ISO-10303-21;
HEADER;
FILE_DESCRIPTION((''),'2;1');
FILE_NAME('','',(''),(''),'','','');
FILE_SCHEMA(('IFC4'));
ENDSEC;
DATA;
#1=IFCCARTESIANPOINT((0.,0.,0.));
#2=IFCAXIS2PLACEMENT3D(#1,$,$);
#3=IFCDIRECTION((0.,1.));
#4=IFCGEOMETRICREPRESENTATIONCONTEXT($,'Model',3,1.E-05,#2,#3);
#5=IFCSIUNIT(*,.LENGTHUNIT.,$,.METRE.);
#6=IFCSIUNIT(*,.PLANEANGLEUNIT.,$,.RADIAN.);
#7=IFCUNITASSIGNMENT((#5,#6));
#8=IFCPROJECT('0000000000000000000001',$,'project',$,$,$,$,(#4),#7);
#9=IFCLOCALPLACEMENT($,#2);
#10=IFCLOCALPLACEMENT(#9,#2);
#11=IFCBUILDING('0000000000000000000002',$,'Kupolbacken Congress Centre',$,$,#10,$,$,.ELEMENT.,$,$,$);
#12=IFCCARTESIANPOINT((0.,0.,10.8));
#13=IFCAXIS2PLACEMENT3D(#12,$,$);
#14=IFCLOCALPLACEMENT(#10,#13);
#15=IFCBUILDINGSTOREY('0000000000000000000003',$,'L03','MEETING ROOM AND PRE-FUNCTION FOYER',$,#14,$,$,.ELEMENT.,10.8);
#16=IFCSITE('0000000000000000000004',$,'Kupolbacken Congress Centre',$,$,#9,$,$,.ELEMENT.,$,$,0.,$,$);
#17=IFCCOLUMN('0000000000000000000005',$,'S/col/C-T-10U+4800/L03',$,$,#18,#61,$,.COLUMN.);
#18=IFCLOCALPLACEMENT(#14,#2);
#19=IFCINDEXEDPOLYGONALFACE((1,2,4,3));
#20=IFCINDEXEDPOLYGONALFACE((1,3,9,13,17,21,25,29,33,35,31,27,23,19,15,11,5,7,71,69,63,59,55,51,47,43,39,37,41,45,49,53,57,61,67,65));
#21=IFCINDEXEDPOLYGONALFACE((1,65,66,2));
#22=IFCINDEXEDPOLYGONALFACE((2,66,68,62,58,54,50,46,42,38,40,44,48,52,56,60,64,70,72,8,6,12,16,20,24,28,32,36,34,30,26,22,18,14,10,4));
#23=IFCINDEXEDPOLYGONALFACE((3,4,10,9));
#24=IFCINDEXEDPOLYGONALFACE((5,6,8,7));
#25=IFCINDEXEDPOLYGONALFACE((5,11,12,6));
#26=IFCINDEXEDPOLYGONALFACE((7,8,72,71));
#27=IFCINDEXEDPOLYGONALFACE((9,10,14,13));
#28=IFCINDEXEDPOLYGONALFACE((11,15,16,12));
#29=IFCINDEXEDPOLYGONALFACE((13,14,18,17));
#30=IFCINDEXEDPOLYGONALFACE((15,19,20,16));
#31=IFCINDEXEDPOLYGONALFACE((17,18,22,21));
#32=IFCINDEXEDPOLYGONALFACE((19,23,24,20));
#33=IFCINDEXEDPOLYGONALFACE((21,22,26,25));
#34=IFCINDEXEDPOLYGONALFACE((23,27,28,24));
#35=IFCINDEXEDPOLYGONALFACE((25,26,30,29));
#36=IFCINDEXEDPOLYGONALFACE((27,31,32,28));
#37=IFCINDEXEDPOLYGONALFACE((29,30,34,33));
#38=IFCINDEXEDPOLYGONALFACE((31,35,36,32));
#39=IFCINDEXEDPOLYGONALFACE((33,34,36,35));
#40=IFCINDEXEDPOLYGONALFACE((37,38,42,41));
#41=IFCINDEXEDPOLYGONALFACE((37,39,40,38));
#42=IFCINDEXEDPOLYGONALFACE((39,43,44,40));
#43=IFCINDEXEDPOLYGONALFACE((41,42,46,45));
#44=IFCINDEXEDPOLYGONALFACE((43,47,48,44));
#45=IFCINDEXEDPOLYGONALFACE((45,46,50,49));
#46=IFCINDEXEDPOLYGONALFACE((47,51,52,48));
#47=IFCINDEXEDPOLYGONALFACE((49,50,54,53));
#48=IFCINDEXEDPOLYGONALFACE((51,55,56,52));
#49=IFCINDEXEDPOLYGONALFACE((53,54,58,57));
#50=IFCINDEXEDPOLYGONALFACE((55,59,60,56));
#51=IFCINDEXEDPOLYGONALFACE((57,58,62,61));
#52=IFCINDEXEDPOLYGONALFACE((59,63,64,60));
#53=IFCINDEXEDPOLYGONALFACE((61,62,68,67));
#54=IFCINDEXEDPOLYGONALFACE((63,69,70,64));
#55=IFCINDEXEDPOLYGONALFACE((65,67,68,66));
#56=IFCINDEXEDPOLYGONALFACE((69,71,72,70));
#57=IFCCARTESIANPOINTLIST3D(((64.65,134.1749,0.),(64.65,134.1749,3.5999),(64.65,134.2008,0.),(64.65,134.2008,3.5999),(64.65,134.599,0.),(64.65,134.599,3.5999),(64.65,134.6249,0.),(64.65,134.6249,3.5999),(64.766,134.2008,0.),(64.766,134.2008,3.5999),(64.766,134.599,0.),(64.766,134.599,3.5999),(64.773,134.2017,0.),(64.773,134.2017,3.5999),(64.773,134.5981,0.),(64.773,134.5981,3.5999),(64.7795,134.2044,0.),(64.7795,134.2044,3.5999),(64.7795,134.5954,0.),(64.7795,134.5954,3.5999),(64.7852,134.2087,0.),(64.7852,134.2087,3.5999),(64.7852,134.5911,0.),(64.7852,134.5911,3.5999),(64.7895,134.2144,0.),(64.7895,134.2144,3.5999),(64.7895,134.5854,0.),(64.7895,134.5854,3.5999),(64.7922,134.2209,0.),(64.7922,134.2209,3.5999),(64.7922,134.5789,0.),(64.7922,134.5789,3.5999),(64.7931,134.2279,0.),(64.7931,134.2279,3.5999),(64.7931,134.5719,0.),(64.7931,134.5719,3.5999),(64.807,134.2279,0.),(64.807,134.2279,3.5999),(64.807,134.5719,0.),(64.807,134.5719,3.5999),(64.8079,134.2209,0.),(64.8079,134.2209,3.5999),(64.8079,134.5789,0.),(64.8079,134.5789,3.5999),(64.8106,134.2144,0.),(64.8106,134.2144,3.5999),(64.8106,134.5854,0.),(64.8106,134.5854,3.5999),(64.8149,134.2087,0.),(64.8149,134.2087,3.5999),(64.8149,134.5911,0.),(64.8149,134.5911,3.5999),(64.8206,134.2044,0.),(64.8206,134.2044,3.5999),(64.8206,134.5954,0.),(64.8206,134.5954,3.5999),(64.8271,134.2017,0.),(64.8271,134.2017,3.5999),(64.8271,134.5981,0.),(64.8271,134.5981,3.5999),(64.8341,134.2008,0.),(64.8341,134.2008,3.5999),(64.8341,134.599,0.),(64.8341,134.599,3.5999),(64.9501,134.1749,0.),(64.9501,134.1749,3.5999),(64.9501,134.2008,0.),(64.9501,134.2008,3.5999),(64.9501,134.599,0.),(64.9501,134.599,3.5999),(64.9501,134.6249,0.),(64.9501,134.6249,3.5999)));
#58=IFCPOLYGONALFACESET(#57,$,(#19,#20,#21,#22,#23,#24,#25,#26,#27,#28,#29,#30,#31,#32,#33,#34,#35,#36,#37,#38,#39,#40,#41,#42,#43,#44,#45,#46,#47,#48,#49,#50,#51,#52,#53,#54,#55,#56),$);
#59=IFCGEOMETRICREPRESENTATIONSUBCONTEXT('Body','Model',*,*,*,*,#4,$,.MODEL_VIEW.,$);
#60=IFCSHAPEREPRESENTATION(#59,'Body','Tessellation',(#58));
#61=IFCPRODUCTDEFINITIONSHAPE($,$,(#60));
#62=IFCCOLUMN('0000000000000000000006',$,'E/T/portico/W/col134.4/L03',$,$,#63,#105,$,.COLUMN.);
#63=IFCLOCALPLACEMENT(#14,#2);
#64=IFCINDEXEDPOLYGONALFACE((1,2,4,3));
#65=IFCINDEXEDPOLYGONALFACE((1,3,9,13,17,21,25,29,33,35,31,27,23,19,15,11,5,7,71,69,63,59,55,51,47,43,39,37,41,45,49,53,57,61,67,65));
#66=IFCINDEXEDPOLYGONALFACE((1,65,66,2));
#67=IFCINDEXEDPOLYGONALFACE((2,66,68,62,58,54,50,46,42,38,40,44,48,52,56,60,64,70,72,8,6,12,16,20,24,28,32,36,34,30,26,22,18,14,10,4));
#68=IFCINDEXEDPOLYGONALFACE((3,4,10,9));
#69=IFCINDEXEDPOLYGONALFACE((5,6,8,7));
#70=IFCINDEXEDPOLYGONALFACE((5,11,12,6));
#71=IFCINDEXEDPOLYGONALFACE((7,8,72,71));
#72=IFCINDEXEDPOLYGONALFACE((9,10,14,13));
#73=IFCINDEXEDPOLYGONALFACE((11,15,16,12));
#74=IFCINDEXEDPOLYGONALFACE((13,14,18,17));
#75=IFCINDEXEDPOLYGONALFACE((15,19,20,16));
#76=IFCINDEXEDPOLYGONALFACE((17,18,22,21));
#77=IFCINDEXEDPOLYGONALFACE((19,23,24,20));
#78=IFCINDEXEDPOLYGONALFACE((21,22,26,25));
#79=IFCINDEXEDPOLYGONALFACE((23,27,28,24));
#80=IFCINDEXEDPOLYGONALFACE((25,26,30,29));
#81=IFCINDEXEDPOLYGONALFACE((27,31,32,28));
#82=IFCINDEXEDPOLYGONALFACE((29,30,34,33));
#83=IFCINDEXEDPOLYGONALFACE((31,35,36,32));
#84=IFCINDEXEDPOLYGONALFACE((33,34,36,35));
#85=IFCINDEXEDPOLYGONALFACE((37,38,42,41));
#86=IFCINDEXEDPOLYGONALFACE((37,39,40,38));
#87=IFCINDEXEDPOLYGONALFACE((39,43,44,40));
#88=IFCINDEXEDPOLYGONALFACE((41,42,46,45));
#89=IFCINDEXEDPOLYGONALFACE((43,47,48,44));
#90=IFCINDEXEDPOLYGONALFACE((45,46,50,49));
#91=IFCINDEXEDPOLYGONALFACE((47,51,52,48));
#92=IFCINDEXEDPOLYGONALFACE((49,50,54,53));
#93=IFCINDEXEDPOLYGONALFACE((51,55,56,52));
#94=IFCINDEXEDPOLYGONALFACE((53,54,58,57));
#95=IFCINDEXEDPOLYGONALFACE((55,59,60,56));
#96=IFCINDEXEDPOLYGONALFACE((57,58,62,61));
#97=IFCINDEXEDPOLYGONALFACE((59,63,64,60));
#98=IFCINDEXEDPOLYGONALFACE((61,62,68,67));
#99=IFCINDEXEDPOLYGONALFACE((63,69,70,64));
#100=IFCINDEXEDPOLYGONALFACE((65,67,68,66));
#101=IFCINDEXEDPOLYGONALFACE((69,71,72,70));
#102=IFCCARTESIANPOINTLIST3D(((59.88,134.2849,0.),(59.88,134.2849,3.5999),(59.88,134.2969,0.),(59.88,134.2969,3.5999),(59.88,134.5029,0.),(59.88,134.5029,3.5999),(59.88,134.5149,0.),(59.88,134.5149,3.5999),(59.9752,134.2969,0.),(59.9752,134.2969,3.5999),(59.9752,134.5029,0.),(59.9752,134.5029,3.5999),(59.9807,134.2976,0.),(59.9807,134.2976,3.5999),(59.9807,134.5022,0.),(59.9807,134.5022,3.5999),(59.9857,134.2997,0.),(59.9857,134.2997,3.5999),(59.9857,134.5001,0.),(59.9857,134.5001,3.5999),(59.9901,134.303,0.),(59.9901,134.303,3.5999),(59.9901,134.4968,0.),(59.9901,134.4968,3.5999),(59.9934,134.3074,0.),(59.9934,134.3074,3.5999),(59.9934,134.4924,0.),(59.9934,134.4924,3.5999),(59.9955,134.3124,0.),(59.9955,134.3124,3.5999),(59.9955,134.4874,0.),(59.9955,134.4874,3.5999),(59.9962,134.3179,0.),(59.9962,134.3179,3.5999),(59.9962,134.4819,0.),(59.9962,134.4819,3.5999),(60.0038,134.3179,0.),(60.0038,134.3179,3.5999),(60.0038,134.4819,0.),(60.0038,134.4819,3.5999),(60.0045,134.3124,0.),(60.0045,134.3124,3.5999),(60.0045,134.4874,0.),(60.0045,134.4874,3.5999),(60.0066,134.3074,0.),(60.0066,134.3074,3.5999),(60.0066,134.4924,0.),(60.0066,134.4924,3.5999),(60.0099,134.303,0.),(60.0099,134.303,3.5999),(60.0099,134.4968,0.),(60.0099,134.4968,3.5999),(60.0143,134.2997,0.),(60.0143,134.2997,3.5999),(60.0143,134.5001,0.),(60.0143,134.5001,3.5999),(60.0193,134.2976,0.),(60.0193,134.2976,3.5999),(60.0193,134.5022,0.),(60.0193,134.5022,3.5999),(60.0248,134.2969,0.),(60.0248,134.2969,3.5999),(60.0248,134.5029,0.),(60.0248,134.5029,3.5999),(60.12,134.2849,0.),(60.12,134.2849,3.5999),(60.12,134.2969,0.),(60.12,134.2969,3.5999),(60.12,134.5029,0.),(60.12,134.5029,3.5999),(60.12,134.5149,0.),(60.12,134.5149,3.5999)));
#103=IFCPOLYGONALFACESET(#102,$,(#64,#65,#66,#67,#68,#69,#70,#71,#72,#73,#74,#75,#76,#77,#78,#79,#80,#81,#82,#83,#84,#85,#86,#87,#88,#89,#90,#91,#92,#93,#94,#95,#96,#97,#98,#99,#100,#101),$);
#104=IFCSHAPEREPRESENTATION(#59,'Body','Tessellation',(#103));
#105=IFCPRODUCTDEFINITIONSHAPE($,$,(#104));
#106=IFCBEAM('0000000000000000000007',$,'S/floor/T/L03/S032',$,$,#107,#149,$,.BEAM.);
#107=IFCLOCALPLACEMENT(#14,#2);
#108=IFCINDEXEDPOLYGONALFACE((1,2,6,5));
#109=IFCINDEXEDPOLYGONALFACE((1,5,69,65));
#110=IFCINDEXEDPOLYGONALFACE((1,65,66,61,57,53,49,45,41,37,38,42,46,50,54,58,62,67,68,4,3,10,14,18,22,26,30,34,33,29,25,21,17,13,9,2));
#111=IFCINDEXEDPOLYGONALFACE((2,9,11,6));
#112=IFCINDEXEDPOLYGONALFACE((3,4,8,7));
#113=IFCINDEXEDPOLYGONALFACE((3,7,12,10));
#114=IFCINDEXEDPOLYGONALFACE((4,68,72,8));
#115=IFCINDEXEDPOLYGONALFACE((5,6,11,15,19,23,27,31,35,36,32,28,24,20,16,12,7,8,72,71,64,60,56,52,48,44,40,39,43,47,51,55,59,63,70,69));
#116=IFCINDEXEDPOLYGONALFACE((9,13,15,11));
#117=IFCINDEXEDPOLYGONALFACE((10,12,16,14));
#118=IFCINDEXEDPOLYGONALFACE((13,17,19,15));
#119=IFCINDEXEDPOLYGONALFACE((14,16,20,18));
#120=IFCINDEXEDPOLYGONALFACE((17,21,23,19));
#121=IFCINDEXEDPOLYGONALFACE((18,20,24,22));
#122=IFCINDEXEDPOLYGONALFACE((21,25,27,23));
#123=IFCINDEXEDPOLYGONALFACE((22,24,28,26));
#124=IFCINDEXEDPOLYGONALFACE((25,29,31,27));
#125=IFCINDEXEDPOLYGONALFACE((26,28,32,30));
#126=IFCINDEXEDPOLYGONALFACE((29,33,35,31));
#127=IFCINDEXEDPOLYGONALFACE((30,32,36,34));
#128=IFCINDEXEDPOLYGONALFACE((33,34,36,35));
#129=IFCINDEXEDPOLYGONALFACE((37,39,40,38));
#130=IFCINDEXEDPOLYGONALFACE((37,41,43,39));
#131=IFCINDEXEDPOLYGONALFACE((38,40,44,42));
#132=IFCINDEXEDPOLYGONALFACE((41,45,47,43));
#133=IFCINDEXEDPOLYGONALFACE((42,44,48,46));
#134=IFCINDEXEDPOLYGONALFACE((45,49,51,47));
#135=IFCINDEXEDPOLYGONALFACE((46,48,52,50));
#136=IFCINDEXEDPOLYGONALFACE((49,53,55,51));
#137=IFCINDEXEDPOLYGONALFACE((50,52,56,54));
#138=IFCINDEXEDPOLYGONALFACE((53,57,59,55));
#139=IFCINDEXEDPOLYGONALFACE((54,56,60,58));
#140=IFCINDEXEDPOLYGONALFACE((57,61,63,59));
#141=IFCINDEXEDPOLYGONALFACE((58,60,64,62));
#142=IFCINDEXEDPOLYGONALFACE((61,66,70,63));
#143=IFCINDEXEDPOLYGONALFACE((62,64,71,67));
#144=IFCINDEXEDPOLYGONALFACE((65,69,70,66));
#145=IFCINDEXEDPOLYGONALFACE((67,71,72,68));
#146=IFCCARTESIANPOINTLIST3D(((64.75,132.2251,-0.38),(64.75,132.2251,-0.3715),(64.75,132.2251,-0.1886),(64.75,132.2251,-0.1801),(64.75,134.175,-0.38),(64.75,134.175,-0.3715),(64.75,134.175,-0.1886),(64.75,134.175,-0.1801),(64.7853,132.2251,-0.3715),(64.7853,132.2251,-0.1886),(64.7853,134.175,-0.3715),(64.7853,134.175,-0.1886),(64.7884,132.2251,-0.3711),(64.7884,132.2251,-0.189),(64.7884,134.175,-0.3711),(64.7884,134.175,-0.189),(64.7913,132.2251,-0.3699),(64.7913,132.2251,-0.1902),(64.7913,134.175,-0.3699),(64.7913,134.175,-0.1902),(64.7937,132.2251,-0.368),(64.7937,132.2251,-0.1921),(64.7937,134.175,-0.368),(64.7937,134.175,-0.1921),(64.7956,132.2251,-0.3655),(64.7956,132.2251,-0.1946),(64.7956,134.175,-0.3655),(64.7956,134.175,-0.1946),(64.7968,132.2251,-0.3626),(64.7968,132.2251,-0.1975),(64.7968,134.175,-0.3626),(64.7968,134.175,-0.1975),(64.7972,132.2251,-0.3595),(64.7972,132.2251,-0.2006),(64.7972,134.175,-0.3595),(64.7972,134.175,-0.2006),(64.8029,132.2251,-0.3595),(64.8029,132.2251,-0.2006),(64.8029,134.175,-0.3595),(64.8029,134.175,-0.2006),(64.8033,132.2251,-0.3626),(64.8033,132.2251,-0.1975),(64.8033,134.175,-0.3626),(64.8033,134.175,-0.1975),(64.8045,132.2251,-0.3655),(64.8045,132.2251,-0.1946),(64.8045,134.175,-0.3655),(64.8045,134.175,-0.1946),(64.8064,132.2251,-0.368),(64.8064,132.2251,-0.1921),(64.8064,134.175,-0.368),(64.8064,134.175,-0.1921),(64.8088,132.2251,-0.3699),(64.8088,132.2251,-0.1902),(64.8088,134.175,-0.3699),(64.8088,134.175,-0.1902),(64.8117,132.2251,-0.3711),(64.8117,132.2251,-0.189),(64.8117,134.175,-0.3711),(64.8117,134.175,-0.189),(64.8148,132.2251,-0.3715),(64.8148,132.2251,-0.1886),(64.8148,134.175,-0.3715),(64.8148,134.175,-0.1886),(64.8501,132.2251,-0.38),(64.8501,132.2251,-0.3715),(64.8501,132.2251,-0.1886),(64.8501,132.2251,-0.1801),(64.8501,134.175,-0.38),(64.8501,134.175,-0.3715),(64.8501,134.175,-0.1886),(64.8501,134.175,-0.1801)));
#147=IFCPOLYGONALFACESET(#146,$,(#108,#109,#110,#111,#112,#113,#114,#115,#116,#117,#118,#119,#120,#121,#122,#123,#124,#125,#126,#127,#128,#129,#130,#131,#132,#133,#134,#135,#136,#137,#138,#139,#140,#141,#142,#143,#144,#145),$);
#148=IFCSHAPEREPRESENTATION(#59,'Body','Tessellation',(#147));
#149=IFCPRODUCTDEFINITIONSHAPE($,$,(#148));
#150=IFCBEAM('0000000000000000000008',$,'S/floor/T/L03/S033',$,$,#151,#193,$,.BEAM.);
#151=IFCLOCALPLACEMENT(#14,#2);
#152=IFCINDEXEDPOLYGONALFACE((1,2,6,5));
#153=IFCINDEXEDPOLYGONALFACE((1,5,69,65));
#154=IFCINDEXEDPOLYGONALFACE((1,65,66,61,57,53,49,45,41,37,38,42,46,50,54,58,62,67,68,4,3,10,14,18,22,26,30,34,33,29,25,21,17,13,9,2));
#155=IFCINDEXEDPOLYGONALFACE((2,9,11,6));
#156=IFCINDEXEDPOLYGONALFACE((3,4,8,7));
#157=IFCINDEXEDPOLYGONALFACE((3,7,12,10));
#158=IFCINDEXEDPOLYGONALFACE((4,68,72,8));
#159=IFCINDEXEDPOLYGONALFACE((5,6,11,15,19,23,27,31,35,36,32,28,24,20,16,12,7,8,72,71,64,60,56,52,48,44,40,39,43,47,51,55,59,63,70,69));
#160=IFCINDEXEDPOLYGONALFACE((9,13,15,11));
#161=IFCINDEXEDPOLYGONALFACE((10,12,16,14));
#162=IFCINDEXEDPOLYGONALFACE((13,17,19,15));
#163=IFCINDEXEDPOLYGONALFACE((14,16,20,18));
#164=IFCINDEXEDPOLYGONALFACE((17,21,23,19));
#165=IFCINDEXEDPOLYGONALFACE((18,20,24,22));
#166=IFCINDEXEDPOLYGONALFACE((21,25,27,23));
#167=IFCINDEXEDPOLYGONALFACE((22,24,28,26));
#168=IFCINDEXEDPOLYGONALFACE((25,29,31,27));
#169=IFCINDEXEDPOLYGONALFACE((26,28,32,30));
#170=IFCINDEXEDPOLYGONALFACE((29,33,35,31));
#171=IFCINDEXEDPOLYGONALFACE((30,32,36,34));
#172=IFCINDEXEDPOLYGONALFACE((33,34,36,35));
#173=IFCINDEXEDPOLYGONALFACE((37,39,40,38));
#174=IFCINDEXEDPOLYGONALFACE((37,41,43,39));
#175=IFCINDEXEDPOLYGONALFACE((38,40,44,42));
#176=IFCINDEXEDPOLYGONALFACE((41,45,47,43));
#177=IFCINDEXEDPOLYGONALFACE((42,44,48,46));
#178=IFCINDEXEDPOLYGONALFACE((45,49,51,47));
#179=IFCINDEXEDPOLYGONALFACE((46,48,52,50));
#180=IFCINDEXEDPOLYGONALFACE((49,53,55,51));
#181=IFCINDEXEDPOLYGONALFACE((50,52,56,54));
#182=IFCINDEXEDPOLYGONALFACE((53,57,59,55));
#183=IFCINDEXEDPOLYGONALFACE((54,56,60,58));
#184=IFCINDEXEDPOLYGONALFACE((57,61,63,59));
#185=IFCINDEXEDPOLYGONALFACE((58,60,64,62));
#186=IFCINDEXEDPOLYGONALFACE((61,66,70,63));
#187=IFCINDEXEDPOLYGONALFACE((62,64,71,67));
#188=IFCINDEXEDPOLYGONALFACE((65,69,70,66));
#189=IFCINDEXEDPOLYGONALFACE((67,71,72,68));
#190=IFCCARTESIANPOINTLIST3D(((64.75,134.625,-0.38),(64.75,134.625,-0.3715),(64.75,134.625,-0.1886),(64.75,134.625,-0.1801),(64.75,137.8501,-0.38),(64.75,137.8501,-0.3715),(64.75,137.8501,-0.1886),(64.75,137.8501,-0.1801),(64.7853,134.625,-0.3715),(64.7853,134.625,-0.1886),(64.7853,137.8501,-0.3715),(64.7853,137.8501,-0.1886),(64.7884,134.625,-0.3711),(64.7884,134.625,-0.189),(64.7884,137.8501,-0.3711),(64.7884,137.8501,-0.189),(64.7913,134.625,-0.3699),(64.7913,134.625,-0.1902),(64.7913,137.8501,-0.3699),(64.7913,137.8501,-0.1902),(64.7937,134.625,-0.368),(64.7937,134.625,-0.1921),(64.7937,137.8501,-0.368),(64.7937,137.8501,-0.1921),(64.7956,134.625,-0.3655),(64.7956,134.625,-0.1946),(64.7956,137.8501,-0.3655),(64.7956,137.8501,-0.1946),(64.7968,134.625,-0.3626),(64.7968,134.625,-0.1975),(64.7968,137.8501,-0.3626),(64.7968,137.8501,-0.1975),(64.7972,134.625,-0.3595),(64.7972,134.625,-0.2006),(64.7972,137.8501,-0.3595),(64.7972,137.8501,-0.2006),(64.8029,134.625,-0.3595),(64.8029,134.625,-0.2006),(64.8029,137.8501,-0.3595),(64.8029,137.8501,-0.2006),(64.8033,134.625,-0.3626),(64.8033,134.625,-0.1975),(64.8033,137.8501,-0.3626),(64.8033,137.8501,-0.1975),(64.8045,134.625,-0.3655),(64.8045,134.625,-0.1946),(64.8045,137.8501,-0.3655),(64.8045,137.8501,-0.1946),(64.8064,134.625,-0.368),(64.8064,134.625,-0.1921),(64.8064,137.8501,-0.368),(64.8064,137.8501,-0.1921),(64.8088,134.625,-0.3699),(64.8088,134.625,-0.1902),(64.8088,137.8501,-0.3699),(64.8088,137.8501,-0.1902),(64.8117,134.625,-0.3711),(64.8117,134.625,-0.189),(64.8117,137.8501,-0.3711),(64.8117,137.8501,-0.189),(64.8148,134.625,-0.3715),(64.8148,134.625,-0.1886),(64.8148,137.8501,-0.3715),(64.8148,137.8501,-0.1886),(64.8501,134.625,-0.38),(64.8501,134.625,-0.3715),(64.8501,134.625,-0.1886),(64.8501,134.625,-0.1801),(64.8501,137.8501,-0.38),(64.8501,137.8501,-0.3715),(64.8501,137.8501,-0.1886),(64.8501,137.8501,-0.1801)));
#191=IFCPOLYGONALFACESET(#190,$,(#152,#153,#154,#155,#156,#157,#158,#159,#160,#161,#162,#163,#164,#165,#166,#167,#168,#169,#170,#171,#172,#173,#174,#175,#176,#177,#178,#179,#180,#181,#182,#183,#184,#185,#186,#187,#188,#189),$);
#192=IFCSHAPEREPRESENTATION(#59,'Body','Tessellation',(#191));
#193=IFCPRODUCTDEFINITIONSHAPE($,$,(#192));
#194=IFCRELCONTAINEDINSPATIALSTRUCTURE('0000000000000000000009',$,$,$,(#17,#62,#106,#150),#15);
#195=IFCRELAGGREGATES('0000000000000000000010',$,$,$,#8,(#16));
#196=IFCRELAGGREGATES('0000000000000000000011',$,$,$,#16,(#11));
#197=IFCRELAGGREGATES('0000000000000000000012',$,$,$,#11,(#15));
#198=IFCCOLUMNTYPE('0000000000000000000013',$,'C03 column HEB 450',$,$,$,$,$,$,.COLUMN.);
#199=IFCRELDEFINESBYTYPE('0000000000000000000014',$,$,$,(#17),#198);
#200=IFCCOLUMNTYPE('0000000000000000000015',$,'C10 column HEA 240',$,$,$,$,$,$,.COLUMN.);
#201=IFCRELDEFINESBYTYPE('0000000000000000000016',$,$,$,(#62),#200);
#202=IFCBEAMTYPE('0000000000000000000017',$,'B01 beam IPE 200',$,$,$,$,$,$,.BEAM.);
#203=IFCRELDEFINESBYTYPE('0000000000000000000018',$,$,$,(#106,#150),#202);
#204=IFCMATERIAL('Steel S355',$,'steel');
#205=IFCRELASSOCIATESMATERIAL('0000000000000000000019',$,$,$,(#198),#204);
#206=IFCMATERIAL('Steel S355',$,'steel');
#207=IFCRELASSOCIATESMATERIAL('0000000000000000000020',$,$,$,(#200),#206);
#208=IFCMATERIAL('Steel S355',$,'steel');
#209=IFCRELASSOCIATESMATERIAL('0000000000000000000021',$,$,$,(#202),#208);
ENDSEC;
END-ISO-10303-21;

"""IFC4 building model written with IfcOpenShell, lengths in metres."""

from ifc_helpers import new_model, si_unit, direction, frame, origin, origin_2d, place, context, subcontext, project, spatial, i_section, extrude, material, material_profile, profile_set, type_object, element, save


model = new_model("IFC4")

# Units and contexts
model_context = context("Model", 3, precision=1e-05, world=origin(), true_north=direction((0.0, 1.0)))
body_context = subcontext(model_context, "Body", "Model", "MODEL_VIEW")
ifc_project = project(units=[si_unit("LENGTHUNIT", "METRE"), si_unit("PLANEANGLEUNIT", "RADIAN")], contexts=[model_context])

# Site, building, storey
site_placement = place(None, origin())
site = spatial("IfcSite", under=ifc_project, at=site_placement, Name="Kupolbacken Congress Centre", CompositionType="ELEMENT", RefElevation=0.0)
building_placement = place(site_placement, origin())
building = spatial("IfcBuilding", under=site, at=building_placement, Name="Kupolbacken Congress Centre", CompositionType="ELEMENT")
storey_placement = place(building_placement, frame((0.0, 0.0, 10.8)))
storey = spatial("IfcBuildingStorey", under=building, at=storey_placement, Name="L03", Description="MEETING ROOM AND PRE-FUNCTION FOYER", CompositionType="ELEMENT", Elevation=10.8)

# Columns
ifc_material_1 = material(Name="Steel S355", Category="steel")
ifc_material_profile_1 = material_profile(ifc_material_1, i_section(OverallWidth=0.3, OverallDepth=0.45, WebThickness=0.0139, FlangeThickness=0.0259, FilletRadius=0.0271, at=origin_2d()), Name="HEB 450")
ifc_profile_set_1 = profile_set([ifc_material_profile_1], Name="Steel S355")
column_type_1 = type_object("IfcColumnType", Name="C03 column HEB 450", PredefinedType="COLUMN", material=ifc_profile_set_1)
column_1_placement = place(storey_placement, frame((64.8, 134.3999, 0.0), z_axis=(0.0, 0.0, 1.0), x_axis=(1.0, 0.0, 0.0)))
element("IfcColumn", 1, at=column_1_placement, inside=storey, type_object=column_type_1, Name="S/col/C-T-10U+4800/L03", PredefinedType="COLUMN", context=body_context, shape_type="SweptSolid", body=[
    extrude(i_section(OverallWidth=0.3, OverallDepth=0.45, WebThickness=0.0139, FlangeThickness=0.0259, FilletRadius=0.0271, at=origin_2d()), origin(), (0.0, 0.0, 1.0), 3.5999),
])
ifc_material_2 = material(Name="Steel S355", Category="steel")
ifc_material_profile_2 = material_profile(ifc_material_2, i_section(OverallWidth=0.24, OverallDepth=0.23, WebThickness=0.0076, FlangeThickness=0.012, FilletRadius=0.021, at=origin_2d()), Name="HEA 240")
ifc_profile_set_2 = profile_set([ifc_material_profile_2], Name="Steel S355")
column_type_2 = type_object("IfcColumnType", Name="C10 column HEA 240", PredefinedType="COLUMN", material=ifc_profile_set_2)
column_2_placement = place(storey_placement, frame((60.0, 134.3999, 0.0), z_axis=(0.0, 0.0, 1.0), x_axis=(1.0, 0.0, 0.0)))
element("IfcColumn", 2, at=column_2_placement, inside=storey, type_object=column_type_2, Name="E/T/portico/W/col134.4/L03", PredefinedType="COLUMN", context=body_context, shape_type="SweptSolid", body=[
    extrude(i_section(OverallWidth=0.24, OverallDepth=0.23, WebThickness=0.0076, FlangeThickness=0.012, FilletRadius=0.021, at=origin_2d()), origin(), (0.0, 0.0, 1.0), 3.5999),
])

# Beams
ifc_material_3 = material(Name="Steel S355", Category="steel")
ifc_material_profile_3 = material_profile(ifc_material_3, i_section(OverallWidth=0.1001, OverallDepth=0.2, WebThickness=0.0056, FlangeThickness=0.0085, FilletRadius=0.012, at=origin_2d()), Name="IPE 200")
ifc_profile_set_3 = profile_set([ifc_material_profile_3], Name="Steel S355")
beam_type_1 = type_object("IfcBeamType", Name="B01 beam IPE 200", PredefinedType="BEAM", material=ifc_profile_set_3)
beam_1_placement = place(storey_placement, frame((64.8, 132.2251, -0.28), z_axis=(0.0, 1.0, 0.0), x_axis=(-1.0, 0.0, 0.0)))
element("IfcBeam", 3, at=beam_1_placement, inside=storey, type_object=beam_type_1, Name="S/floor/T/L03/S032", PredefinedType="BEAM", context=body_context, shape_type="SweptSolid", body=[
    extrude(i_section(OverallWidth=0.1001, OverallDepth=0.2, WebThickness=0.0056, FlangeThickness=0.0085, FilletRadius=0.012, at=origin_2d()), origin(), (0.0, 0.0, 1.0), 1.95),
])
beam_2_placement = place(storey_placement, frame((64.8, 134.625, -0.28), z_axis=(0.0, 1.0, 0.0), x_axis=(-1.0, 0.0, 0.0)))
element("IfcBeam", 4, at=beam_2_placement, inside=storey, type_object=beam_type_1, Name="S/floor/T/L03/S033", PredefinedType="BEAM", context=body_context, shape_type="SweptSolid", body=[
    extrude(i_section(OverallWidth=0.1001, OverallDepth=0.2, WebThickness=0.0056, FlangeThickness=0.0085, FilletRadius=0.012, at=origin_2d()), origin(), (0.0, 0.0, 1.0), 3.2251),
])

save(model, "model.ifc")
